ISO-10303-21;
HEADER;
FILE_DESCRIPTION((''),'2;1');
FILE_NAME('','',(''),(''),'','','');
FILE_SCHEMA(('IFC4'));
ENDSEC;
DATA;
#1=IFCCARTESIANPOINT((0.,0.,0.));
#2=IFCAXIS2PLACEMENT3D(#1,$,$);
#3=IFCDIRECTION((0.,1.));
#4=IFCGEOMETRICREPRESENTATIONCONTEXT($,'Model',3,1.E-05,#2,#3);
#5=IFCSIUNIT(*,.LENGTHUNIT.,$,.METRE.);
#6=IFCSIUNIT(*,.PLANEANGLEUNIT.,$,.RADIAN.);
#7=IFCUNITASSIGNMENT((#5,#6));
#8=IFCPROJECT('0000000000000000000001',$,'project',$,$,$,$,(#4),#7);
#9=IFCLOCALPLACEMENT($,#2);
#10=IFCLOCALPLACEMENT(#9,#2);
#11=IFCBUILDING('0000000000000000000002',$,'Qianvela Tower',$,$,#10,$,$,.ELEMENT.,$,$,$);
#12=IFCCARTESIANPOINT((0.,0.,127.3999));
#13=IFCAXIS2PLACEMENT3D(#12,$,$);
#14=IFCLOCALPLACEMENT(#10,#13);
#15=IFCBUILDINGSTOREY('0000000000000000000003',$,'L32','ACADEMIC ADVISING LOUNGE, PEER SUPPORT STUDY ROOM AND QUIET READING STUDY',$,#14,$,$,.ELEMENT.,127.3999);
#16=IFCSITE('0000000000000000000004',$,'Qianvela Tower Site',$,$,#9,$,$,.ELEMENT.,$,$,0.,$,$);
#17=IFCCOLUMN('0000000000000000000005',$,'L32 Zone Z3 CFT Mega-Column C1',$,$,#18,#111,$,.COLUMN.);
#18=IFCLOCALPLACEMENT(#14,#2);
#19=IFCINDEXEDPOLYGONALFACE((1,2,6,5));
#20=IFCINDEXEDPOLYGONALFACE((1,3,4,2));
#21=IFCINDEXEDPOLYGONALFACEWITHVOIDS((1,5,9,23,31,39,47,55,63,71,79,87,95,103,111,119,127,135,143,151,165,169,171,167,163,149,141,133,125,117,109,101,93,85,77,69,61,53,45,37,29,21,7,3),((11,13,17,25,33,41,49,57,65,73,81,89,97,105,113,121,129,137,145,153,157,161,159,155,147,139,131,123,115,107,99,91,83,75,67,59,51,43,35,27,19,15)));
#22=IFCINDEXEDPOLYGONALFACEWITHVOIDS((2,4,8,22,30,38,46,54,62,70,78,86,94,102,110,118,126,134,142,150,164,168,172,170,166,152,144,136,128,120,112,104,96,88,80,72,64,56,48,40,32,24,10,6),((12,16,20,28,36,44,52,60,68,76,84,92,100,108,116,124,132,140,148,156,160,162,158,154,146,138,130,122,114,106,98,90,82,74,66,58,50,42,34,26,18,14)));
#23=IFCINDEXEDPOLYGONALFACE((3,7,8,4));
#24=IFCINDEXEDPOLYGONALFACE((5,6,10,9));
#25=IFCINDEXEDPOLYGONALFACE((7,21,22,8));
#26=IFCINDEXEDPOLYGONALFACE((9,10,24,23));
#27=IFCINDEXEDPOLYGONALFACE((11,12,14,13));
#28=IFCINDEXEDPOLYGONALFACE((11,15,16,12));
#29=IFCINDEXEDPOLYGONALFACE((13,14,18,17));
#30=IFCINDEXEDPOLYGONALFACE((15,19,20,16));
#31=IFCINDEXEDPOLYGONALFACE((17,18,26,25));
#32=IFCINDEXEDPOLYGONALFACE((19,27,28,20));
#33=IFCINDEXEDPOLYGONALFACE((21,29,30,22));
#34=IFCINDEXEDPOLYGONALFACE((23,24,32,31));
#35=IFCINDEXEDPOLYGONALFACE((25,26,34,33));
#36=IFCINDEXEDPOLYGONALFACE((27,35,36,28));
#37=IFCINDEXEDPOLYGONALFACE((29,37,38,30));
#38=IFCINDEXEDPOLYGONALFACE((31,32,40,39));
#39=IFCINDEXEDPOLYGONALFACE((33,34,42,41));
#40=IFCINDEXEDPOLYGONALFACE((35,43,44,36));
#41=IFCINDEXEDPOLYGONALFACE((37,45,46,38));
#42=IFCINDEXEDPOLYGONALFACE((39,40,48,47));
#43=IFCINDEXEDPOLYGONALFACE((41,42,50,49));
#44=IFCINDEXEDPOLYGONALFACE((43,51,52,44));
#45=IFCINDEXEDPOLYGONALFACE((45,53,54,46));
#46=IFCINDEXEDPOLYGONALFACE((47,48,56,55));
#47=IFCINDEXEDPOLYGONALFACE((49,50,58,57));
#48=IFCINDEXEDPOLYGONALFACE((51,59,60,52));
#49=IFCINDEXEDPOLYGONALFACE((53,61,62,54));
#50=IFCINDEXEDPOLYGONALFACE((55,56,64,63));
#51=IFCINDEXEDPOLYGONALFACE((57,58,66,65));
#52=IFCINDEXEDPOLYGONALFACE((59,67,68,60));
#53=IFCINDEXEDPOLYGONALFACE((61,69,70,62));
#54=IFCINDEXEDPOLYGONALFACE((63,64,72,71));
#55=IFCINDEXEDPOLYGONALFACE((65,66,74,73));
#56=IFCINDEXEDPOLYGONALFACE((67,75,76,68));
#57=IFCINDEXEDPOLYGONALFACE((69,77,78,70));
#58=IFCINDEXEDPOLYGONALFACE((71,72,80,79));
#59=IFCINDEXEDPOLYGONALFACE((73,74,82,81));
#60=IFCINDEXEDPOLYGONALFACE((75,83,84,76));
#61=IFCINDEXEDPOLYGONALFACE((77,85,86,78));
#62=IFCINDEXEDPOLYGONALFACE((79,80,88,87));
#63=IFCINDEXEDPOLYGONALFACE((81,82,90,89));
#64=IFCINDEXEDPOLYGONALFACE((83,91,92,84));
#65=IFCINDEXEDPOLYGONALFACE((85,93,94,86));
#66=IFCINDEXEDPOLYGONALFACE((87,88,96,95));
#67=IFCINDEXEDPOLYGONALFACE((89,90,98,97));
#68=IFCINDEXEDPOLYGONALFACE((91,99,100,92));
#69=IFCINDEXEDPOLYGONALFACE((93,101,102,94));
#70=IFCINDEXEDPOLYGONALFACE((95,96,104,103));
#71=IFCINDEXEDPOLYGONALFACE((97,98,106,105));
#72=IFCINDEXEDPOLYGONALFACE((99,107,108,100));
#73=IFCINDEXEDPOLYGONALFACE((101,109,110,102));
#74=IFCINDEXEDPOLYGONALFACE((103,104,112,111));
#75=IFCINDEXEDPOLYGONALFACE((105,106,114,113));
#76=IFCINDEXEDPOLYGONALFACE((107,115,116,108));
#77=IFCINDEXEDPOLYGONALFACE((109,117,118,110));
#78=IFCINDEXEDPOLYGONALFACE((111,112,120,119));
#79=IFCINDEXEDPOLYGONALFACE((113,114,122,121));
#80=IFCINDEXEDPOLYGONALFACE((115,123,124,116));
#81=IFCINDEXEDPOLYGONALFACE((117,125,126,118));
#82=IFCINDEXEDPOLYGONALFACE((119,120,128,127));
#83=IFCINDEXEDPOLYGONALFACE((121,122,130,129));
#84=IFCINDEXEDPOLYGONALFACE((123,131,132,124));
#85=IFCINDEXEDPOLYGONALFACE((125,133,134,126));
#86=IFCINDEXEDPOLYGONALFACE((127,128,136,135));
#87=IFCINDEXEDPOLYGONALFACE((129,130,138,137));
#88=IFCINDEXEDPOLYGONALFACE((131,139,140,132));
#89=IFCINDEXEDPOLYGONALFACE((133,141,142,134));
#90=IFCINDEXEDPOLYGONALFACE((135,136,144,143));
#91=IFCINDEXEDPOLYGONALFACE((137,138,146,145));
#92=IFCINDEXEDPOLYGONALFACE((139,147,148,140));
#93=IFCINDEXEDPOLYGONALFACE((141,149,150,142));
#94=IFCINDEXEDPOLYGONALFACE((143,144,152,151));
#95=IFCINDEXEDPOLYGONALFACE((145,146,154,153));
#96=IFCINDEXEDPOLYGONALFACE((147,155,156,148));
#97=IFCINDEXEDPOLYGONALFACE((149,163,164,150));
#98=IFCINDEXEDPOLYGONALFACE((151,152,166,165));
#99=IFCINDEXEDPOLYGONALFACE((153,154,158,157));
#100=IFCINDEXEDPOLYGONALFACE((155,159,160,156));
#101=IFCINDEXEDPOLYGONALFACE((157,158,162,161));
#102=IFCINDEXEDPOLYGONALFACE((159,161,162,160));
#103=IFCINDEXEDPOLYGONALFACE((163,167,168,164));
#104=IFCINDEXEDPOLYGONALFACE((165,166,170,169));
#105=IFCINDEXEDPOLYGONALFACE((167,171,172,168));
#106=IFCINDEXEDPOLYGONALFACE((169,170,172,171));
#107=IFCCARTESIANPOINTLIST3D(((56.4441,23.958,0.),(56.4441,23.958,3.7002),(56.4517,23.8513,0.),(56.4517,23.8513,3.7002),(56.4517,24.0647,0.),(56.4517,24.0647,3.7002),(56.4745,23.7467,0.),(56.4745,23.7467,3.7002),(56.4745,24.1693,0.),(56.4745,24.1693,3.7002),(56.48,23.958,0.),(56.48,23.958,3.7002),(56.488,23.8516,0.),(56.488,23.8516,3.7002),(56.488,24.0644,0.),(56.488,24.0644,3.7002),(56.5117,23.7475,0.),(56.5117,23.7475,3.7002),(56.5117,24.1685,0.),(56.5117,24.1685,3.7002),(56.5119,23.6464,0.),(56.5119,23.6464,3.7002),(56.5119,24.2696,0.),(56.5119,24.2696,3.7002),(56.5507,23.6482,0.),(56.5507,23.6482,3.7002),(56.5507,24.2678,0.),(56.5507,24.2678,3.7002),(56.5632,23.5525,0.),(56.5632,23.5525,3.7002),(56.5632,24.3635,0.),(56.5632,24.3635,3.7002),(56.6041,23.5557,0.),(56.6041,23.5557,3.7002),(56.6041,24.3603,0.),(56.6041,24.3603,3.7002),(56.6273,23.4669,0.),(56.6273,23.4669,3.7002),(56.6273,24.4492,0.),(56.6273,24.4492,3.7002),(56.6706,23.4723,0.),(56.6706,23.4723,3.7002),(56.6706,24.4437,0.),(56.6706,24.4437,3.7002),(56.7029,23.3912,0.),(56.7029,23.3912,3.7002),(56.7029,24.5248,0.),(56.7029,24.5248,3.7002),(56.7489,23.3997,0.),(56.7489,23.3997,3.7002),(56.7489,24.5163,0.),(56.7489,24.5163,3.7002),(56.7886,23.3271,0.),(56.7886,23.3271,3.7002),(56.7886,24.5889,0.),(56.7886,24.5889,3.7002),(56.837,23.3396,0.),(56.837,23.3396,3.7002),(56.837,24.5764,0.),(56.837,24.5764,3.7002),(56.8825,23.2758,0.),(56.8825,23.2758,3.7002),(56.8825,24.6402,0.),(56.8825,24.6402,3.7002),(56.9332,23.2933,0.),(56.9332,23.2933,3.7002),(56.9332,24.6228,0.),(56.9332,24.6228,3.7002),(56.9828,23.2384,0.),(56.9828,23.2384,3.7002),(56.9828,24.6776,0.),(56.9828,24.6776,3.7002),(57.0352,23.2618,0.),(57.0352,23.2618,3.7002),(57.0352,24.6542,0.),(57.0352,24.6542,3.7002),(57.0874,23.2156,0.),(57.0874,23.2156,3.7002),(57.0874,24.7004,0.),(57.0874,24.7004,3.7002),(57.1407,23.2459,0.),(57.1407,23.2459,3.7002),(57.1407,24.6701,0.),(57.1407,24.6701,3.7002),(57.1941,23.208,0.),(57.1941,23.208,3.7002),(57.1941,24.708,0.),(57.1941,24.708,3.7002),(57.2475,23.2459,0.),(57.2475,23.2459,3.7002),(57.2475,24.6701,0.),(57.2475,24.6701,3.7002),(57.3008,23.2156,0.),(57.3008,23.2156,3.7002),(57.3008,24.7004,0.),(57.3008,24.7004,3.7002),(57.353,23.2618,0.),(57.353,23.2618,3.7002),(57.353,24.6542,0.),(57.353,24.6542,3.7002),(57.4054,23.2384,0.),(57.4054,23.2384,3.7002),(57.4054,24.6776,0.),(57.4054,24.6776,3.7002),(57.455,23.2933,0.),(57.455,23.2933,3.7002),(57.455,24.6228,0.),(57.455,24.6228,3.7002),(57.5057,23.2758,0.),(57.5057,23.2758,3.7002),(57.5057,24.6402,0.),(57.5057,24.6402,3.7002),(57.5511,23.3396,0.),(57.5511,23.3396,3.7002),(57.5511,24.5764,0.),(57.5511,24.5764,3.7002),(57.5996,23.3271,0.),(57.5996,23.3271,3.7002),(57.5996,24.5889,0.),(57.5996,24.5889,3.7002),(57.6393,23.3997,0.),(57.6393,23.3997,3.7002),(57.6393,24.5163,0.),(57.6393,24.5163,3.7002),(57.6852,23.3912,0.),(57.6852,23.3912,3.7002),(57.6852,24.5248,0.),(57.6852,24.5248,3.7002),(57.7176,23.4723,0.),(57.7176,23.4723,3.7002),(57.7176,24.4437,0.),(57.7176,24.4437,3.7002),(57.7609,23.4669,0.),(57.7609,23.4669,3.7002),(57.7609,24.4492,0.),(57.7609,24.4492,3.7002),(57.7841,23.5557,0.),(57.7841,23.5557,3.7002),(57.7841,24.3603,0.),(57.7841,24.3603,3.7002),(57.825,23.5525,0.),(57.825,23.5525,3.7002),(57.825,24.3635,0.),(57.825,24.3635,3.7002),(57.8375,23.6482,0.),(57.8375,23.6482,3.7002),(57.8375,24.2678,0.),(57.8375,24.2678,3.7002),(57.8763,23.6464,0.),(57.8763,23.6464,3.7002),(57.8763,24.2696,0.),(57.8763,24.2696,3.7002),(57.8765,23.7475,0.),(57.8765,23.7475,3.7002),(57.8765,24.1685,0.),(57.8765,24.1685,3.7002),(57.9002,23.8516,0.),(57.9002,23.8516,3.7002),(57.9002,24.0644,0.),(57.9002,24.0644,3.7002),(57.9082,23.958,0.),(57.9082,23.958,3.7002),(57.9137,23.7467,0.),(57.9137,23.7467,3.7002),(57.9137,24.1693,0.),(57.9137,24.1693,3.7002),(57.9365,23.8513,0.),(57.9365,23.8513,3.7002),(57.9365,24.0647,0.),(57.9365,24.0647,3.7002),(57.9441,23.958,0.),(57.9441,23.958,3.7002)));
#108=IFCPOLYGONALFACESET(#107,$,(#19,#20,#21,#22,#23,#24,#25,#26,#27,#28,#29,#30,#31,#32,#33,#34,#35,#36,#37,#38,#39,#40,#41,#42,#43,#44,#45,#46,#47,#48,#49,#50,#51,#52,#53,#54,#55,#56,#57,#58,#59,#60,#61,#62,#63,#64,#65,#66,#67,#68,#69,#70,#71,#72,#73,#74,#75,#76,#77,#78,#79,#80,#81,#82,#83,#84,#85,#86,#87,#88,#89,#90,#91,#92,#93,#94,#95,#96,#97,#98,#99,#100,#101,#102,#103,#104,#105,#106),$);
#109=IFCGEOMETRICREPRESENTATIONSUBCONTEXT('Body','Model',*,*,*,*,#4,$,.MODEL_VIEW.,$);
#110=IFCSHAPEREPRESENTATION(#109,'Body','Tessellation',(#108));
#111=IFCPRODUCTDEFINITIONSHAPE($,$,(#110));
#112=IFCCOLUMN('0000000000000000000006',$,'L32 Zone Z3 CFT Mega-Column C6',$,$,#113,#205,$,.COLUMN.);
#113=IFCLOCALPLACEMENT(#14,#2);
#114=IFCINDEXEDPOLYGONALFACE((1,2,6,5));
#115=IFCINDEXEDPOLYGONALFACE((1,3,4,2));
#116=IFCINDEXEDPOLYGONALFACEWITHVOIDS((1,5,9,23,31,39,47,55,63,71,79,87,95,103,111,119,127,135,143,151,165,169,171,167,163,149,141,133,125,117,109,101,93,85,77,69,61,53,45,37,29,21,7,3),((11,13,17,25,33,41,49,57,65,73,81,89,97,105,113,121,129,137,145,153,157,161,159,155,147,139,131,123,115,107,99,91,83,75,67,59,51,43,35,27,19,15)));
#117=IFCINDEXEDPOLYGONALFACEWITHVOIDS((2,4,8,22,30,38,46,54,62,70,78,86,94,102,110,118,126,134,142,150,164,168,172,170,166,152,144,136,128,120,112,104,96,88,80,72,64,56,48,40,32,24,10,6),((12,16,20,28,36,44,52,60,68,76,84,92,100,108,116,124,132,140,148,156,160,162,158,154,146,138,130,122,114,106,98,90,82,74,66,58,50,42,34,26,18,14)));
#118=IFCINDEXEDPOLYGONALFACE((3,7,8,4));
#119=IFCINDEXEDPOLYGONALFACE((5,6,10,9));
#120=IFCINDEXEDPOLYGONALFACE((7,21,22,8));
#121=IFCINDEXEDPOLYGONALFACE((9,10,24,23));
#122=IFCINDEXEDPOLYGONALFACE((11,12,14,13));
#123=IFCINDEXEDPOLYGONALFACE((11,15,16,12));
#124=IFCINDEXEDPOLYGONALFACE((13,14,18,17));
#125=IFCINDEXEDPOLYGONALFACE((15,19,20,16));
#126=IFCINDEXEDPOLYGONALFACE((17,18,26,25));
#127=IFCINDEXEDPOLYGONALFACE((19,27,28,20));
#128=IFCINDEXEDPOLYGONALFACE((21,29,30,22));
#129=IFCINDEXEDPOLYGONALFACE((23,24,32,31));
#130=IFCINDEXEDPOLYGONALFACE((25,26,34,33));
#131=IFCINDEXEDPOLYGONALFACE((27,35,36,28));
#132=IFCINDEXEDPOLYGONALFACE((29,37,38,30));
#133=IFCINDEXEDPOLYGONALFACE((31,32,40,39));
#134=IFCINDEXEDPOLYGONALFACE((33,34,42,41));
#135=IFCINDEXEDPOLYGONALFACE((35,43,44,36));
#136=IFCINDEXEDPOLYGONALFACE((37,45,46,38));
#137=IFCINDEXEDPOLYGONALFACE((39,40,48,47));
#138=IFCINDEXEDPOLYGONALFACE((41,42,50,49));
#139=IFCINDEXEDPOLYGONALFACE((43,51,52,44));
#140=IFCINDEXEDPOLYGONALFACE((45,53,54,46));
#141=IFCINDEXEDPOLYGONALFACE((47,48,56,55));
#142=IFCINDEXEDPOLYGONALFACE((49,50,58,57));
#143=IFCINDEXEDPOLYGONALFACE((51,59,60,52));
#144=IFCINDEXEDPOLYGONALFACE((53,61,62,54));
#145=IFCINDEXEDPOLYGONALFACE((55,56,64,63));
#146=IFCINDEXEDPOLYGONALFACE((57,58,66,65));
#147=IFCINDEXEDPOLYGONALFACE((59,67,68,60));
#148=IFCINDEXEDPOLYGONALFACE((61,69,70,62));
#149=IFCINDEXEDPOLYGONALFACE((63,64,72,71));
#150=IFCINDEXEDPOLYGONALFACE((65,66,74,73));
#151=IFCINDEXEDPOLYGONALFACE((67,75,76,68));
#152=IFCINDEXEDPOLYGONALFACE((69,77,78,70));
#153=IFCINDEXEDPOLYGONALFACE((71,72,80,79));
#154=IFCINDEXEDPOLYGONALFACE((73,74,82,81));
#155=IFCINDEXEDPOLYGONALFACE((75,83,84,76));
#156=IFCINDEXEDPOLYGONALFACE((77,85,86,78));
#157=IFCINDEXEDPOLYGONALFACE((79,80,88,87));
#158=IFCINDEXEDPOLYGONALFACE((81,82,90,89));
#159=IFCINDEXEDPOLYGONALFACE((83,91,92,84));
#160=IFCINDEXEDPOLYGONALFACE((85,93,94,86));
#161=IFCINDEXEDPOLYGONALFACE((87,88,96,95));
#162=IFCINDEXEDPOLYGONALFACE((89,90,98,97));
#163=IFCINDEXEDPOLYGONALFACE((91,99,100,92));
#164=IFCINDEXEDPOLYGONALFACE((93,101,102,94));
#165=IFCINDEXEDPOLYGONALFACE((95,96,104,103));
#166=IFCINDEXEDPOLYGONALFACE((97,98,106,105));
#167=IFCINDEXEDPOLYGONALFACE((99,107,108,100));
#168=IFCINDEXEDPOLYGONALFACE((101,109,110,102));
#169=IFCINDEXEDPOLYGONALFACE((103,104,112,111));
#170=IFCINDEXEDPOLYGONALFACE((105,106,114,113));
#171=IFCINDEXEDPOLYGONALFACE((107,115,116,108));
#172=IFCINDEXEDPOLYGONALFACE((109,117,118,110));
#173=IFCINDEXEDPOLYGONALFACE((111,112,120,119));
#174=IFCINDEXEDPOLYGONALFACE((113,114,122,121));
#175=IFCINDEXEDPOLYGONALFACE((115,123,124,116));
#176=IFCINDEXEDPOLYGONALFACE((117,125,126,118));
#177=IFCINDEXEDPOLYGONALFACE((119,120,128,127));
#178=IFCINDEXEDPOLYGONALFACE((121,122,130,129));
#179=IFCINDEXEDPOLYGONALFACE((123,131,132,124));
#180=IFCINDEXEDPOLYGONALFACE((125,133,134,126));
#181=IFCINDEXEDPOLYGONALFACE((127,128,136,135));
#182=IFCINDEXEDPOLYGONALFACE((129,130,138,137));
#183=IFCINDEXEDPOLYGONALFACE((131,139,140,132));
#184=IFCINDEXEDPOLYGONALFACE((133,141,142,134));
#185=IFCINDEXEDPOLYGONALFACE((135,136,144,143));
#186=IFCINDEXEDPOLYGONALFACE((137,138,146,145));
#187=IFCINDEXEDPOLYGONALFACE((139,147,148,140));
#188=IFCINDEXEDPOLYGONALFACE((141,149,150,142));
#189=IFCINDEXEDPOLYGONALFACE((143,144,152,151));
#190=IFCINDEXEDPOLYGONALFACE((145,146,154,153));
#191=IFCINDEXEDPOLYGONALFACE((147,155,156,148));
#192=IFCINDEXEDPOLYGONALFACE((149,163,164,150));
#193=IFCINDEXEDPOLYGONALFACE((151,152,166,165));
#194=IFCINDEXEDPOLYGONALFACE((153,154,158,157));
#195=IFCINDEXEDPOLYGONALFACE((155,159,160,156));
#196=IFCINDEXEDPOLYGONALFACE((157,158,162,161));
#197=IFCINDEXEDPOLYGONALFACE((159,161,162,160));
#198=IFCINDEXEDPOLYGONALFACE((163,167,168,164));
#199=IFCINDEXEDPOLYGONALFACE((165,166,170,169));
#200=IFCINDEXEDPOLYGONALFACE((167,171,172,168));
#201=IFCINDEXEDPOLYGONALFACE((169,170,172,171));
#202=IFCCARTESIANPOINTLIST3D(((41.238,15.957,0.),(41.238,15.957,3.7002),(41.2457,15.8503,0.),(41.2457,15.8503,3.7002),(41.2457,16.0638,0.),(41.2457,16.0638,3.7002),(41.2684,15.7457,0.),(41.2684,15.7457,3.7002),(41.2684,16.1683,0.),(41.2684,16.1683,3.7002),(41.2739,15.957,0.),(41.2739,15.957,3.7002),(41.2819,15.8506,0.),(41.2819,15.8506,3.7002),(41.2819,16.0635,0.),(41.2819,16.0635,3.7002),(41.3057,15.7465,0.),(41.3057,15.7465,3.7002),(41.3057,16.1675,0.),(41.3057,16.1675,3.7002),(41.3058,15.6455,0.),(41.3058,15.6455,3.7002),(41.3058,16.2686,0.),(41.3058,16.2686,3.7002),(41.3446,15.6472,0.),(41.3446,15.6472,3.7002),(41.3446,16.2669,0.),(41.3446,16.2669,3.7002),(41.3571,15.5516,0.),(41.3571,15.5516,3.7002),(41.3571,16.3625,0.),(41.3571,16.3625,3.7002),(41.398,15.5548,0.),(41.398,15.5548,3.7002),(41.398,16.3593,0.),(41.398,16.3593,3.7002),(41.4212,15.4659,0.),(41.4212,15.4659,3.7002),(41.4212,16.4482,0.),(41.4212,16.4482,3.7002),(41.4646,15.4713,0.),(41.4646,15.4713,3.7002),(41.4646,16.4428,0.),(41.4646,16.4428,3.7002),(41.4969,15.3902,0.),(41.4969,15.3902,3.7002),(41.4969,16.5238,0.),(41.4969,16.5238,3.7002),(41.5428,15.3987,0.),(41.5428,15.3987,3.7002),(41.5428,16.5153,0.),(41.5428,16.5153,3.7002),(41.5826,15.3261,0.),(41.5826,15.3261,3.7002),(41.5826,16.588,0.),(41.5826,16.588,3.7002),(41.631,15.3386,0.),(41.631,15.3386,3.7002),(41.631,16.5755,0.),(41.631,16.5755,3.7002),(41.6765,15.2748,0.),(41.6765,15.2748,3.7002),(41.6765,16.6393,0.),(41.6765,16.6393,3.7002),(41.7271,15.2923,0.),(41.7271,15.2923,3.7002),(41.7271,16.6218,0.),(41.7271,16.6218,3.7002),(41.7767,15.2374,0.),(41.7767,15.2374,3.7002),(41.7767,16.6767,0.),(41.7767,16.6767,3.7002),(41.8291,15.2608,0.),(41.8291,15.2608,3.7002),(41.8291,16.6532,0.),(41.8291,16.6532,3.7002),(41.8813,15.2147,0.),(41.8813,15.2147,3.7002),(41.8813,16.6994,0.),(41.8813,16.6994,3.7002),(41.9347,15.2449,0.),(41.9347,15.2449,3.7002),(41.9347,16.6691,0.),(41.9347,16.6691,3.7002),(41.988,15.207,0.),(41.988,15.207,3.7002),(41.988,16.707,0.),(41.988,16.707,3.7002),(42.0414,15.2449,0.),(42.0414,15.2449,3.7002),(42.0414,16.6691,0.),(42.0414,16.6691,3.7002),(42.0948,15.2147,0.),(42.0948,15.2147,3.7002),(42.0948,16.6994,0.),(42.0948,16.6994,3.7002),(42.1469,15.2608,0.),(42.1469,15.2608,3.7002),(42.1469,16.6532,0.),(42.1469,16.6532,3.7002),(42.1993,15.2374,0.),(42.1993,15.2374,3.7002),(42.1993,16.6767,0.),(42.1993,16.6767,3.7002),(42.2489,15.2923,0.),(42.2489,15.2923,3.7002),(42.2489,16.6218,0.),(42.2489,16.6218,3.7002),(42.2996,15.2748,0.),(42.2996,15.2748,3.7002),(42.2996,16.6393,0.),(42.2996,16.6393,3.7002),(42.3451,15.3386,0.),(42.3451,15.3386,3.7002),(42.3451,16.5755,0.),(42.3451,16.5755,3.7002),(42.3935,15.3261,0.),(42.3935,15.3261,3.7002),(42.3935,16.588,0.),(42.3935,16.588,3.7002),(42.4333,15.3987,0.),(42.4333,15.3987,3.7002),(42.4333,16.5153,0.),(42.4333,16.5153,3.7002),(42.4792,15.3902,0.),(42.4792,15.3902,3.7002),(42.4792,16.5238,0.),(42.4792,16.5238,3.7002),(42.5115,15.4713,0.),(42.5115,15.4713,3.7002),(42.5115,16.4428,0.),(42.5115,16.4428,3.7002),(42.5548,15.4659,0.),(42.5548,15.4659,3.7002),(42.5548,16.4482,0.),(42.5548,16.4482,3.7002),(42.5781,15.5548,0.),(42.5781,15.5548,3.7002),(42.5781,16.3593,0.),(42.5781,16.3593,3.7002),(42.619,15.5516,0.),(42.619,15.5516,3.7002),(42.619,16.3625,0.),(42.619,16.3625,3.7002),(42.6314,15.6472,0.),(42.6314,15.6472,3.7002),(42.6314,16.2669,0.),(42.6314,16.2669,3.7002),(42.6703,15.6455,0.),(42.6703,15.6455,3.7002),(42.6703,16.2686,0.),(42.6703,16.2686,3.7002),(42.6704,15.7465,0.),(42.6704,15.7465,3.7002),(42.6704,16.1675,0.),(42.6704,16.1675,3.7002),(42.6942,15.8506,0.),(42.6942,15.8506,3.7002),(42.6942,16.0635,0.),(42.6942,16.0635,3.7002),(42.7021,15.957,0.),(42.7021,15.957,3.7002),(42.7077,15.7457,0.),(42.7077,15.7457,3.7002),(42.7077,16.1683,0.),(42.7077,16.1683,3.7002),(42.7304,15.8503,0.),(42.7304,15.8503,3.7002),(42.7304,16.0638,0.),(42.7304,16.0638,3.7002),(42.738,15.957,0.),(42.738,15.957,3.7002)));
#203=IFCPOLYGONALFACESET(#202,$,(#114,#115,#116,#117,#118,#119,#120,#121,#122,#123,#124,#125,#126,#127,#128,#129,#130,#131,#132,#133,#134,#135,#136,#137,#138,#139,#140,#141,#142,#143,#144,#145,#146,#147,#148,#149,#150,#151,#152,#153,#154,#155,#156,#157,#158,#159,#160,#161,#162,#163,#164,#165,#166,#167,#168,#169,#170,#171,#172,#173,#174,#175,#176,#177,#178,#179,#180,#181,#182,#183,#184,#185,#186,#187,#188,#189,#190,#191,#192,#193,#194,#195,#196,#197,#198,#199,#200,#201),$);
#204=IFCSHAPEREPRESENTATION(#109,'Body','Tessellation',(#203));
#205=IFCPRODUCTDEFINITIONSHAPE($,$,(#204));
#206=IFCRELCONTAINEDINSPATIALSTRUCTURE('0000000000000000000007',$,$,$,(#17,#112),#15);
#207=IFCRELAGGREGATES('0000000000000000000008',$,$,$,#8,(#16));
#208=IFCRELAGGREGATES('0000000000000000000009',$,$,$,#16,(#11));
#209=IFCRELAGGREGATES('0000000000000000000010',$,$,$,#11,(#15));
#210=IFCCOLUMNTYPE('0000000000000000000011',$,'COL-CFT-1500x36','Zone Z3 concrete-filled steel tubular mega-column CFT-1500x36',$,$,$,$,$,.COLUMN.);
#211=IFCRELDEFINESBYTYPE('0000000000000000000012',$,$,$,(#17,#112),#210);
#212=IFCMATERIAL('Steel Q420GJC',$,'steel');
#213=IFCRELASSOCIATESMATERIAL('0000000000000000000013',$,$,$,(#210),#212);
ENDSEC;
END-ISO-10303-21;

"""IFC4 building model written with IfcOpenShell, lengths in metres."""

from ifc_helpers import new_model, si_unit, direction, frame, origin, origin_2d, place, context, subcontext, project, spatial, hollow_circle, extrude, material, material_profile, profile_set, type_object, element, save


model = new_model("IFC4")

# Units and contexts
model_context = context("Model", 3, precision=1e-05, world=origin(), true_north=direction((0.0, 1.0)))
body_context = subcontext(model_context, "Body", "Model", "MODEL_VIEW")
ifc_project = project(units=[si_unit("LENGTHUNIT", "METRE"), si_unit("PLANEANGLEUNIT", "RADIAN")], contexts=[model_context])

# Site, building, storey
site_placement = place(None, origin())
site = spatial("IfcSite", under=ifc_project, at=site_placement, Name="Qianvela Tower Site", CompositionType="ELEMENT", RefElevation=0.0)
building_placement = place(site_placement, origin())
building = spatial("IfcBuilding", under=site, at=building_placement, Name="Qianvela Tower", CompositionType="ELEMENT")
storey_placement = place(building_placement, frame((0.0, 0.0, 127.3999)))
storey = spatial("IfcBuildingStorey", under=building, at=storey_placement, Name="L32", Description="ACADEMIC ADVISING LOUNGE, PEER SUPPORT STUDY ROOM AND QUIET READING STUDY", CompositionType="ELEMENT", Elevation=127.3999)

# Columns
ifc_material_1 = material(Name="Steel Q420GJC", Category="steel")
ifc_material_profile_1 = material_profile(ifc_material_1, hollow_circle(Radius=0.75, WallThickness=0.0359, at=origin_2d()), Name="CFT-1500x36")
ifc_profile_set_1 = profile_set([ifc_material_profile_1], Name="Steel Q420GJC")
column_type = type_object("IfcColumnType", Name="COL-CFT-1500x36", Description="Zone Z3 concrete-filled steel tubular mega-column CFT-1500x36", PredefinedType="COLUMN", material=ifc_profile_set_1)
for number, where, z_axis, x_axis, name in (
    (1, (57.1941, 23.958, 0.0), (0.0, 0.0, 1.0), (1.0, 0.0, 0.0), "L32 Zone Z3 CFT Mega-Column C1"),
    (2, (41.988, 15.957, 0.0), (0.0, 0.0, 1.0), (1.0, 0.0, 0.0), "L32 Zone Z3 CFT Mega-Column C6"),
):
    element("IfcColumn", number, at=place(storey_placement, frame(where, z_axis=z_axis, x_axis=x_axis)), inside=storey, type_object=column_type, Name=name, PredefinedType="COLUMN", context=body_context, shape_type="SweptSolid", body=[
        extrude(hollow_circle(Radius=0.75, WallThickness=0.0359, at=origin_2d()), origin(), (0.0, 0.0, 1.0), 3.7002),
    ])

save(model, "model.ifc")
